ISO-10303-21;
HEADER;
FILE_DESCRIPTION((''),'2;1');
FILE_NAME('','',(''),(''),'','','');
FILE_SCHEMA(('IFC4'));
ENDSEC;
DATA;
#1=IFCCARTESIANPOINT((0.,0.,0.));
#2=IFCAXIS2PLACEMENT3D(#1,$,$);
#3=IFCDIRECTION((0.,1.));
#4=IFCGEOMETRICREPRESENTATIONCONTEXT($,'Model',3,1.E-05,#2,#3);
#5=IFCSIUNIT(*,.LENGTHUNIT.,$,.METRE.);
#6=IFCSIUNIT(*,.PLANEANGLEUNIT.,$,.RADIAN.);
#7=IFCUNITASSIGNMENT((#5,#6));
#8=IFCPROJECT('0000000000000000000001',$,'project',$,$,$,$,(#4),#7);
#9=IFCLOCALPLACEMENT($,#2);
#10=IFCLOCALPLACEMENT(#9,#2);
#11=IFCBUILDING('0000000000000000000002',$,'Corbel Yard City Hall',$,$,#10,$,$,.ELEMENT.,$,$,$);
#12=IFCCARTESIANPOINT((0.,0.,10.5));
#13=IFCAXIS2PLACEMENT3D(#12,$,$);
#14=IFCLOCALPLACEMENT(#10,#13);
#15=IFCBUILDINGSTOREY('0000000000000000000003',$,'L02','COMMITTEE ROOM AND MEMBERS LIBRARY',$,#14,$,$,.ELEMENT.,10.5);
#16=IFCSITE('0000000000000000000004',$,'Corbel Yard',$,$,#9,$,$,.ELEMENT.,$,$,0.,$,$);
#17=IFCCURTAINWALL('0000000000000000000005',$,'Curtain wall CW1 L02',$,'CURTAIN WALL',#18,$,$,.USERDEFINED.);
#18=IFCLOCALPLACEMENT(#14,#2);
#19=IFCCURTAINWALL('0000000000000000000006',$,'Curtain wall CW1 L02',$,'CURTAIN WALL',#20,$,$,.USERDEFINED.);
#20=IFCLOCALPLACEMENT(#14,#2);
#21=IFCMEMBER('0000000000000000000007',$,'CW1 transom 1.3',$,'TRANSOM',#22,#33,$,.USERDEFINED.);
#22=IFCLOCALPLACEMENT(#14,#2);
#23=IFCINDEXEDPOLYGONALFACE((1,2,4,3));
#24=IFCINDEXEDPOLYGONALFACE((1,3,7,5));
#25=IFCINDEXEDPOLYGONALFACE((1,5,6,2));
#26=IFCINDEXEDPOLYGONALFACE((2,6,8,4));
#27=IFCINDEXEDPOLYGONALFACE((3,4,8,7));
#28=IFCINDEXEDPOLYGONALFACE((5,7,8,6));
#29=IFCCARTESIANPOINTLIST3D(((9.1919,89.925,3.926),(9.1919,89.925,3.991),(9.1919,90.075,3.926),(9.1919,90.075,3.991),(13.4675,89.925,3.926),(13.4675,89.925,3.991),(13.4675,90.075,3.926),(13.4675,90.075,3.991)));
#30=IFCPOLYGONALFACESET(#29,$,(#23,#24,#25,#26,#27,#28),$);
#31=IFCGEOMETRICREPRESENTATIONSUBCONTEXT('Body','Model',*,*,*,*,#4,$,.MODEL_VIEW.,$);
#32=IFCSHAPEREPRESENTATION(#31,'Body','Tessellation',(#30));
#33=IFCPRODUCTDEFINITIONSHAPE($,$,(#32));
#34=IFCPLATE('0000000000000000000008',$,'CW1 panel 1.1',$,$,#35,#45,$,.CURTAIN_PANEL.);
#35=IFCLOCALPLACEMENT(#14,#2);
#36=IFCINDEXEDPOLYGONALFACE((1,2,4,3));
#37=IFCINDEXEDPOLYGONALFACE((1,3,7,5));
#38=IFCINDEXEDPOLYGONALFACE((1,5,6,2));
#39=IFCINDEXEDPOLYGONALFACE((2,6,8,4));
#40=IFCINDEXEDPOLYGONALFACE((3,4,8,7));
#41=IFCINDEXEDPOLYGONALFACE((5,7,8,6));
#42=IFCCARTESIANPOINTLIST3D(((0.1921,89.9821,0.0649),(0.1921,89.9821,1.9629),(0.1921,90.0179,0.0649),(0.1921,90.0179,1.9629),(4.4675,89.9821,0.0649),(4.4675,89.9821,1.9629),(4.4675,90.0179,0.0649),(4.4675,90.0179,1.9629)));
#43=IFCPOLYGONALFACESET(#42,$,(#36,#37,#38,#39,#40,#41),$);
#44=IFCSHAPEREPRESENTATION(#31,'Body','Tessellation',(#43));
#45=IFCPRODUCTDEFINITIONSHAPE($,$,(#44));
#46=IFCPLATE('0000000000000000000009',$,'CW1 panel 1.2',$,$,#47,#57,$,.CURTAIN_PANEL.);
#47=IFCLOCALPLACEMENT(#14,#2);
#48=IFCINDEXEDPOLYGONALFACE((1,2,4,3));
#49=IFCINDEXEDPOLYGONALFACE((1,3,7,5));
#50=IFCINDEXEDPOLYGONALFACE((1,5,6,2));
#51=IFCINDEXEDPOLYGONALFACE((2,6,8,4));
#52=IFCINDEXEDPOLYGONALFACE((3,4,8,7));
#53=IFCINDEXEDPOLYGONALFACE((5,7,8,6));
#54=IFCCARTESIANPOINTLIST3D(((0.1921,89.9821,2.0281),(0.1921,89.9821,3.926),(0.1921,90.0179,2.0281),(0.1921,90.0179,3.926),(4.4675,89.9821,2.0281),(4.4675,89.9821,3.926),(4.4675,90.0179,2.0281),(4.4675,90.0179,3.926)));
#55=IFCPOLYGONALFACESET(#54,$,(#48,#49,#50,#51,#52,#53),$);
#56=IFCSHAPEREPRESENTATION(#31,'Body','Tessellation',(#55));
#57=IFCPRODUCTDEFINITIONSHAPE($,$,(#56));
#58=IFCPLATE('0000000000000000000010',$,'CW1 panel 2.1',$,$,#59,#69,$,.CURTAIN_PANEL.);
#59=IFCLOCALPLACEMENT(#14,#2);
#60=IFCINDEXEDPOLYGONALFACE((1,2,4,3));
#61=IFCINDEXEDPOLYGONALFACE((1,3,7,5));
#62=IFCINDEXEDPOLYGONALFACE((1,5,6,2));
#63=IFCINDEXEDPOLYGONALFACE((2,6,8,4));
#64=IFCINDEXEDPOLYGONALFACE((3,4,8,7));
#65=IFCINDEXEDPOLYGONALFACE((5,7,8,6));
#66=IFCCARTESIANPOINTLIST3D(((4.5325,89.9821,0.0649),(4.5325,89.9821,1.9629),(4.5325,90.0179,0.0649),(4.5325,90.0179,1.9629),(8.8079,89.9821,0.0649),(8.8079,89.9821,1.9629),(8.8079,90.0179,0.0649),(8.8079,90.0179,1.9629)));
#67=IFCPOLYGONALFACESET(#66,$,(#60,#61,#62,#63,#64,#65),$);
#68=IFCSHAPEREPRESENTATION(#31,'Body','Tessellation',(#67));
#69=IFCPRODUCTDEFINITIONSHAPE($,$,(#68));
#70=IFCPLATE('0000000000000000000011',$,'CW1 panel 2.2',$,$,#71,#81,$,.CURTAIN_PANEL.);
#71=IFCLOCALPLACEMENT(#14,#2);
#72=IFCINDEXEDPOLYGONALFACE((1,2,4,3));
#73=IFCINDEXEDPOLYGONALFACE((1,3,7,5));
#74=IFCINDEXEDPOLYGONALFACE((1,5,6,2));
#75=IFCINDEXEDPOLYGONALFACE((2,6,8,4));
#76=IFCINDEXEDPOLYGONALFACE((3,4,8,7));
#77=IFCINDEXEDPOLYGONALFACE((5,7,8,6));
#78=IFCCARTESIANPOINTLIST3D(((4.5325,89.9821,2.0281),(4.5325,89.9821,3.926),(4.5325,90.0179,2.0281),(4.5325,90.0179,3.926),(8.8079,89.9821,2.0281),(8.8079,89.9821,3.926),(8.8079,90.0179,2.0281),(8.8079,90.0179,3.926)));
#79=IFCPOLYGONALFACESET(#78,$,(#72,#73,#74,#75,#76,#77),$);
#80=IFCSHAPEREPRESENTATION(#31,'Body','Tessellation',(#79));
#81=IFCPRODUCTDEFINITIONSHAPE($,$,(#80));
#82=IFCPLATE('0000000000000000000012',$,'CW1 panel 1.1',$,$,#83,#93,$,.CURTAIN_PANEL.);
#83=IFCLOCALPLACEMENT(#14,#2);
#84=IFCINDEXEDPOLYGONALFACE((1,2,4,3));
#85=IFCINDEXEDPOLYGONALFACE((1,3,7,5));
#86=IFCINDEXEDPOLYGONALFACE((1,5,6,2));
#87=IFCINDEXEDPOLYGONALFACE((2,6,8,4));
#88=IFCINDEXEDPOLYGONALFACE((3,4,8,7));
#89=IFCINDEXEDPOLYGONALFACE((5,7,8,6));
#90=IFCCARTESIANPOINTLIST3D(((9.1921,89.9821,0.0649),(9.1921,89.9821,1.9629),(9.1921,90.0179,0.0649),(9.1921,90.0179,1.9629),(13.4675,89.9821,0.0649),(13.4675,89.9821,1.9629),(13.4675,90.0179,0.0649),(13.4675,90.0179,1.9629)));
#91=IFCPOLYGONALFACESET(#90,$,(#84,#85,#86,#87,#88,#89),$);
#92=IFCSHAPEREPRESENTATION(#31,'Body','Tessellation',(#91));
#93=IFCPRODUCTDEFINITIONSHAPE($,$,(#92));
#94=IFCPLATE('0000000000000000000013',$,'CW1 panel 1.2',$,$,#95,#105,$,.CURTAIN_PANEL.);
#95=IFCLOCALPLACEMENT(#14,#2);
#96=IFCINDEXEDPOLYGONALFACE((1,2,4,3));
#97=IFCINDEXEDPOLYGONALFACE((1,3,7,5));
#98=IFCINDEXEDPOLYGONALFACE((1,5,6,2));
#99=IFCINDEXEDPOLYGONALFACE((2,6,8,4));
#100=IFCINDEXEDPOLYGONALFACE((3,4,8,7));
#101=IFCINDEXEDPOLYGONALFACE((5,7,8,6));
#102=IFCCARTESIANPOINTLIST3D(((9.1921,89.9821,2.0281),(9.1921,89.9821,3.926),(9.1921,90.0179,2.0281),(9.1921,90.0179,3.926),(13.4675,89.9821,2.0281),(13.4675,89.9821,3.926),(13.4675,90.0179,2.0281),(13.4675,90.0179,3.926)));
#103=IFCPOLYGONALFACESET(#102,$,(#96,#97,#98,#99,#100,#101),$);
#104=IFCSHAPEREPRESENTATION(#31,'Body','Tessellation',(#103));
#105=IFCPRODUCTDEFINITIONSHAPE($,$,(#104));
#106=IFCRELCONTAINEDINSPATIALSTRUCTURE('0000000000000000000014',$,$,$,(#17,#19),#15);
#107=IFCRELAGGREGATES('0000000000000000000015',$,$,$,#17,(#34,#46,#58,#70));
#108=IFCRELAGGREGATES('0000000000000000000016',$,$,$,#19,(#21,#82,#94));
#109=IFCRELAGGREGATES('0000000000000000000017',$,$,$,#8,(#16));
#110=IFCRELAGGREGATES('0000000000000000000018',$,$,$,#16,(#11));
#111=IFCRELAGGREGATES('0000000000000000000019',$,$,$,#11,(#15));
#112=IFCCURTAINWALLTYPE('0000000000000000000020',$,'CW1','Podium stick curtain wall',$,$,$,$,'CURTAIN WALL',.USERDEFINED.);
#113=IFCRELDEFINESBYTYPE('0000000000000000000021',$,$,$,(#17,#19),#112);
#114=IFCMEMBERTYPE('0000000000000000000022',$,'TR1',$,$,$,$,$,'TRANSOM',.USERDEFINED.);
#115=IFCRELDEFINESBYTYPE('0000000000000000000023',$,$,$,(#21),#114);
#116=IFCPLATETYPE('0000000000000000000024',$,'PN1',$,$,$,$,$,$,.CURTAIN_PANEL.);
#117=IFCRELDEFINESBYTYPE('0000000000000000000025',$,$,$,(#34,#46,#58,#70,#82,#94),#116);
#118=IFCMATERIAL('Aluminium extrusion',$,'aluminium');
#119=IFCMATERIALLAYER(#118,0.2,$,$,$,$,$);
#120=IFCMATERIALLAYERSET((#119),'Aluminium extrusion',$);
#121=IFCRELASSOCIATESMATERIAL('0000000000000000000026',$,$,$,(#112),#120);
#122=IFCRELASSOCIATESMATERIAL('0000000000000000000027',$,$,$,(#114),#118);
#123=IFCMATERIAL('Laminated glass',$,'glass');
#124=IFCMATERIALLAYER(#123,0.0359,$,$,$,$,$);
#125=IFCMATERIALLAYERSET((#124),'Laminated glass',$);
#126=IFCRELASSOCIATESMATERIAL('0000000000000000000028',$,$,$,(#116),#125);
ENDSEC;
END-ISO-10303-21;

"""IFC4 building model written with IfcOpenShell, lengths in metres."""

from ifc_helpers import new_model, si_unit, direction, frame, origin, origin_2d, place, context, subcontext, project, spatial, rectangle, extrude, material, layer, layer_set, material_profile, profile_set, type_object, element, aggregate, save


model = new_model("IFC4")

# Units and contexts
model_context = context("Model", 3, precision=1e-05, world=origin(), true_north=direction((0.0, 1.0)))
body_context = subcontext(model_context, "Body", "Model", "MODEL_VIEW")
ifc_project = project(units=[si_unit("LENGTHUNIT", "METRE"), si_unit("PLANEANGLEUNIT", "RADIAN")], contexts=[model_context])

# Site, building, storey
site_placement = place(None, origin())
site = spatial("IfcSite", under=ifc_project, at=site_placement, Name="Corbel Yard", CompositionType="ELEMENT", RefElevation=0.0)
building_placement = place(site_placement, origin())
building = spatial("IfcBuilding", under=site, at=building_placement, Name="Corbel Yard City Hall", CompositionType="ELEMENT")
storey_placement = place(building_placement, frame((0.0, 0.0, 10.5)))
storey = spatial("IfcBuildingStorey", under=building, at=storey_placement, Name="L02", Description="COMMITTEE ROOM AND MEMBERS LIBRARY", CompositionType="ELEMENT", Elevation=10.5)

# Curtain wall
ifc_material_1 = material(Name="Aluminium extrusion", Category="aluminium")
ifc_layer_1 = layer(ifc_material_1, 0.2)
ifc_layer_set_1 = layer_set([ifc_layer_1], Name="Aluminium extrusion")
curtain_wall_type = type_object("IfcCurtainWallType", Name="CW1", Description="Podium stick curtain wall", ElementType="CURTAIN WALL", PredefinedType="USERDEFINED", material=ifc_layer_set_1)
curtain_wall_1_placement = place(storey_placement, origin())
curtain_wall_1 = element("IfcCurtainWall", 1, at=curtain_wall_1_placement, inside=storey, type_object=curtain_wall_type, Name="Curtain wall CW1 L02", ObjectType="CURTAIN WALL", PredefinedType="USERDEFINED")

# Curtain wall
curtain_wall_2_placement = place(storey_placement, origin())
curtain_wall_2 = element("IfcCurtainWall", 2, at=curtain_wall_2_placement, inside=storey, type_object=curtain_wall_type, Name="Curtain wall CW1 L02", ObjectType="CURTAIN WALL", PredefinedType="USERDEFINED")

# Member
ifc_material_profile_1 = material_profile(ifc_material_1, rectangle(XDim=0.1499, YDim=0.0649, at=origin_2d()), Name="150x65")
ifc_profile_set_1 = profile_set([ifc_material_profile_1], Name="Aluminium extrusion")
member_type_1 = type_object("IfcMemberType", Name="TR1", ElementType="TRANSOM", PredefinedType="USERDEFINED", material=ifc_profile_set_1)
member_1_placement = place(storey_placement, frame((9.1919, 90.0, 3.9585), z_axis=(1.0, 0.0, 0.0), x_axis=(0.0, 1.0, 0.0)))
member_1 = element("IfcMember", 3, at=member_1_placement, type_object=member_type_1, Name="CW1 transom 1.3", ObjectType="TRANSOM", PredefinedType="USERDEFINED", context=body_context, shape_type="SweptSolid", body=[
    extrude(rectangle(XDim=0.1499, YDim=0.0649, at=origin_2d()), origin(), (0.0, 0.0, 1.0), 4.2756),
])

# Plates
ifc_material_2 = material(Name="Laminated glass", Category="glass")
ifc_layer_2 = layer(ifc_material_2, 0.0359)
ifc_layer_set_2 = layer_set([ifc_layer_2], Name="Laminated glass")
plate_type = type_object("IfcPlateType", Name="PN1", PredefinedType="CURTAIN_PANEL", material=ifc_layer_set_2)
plate_1_placement = place(storey_placement, frame((2.3298, 90.0, 0.0649), z_axis=(0.0, 0.0, 1.0), x_axis=(1.0, 0.0, 0.0)))
plate_1 = element("IfcPlate", 4, at=plate_1_placement, type_object=plate_type, Name="CW1 panel 1.1", PredefinedType="CURTAIN_PANEL", context=body_context, shape_type="SweptSolid", body=[
    extrude(rectangle(XDim=4.2754, YDim=0.0359, at=origin_2d()), origin(), (0.0, 0.0, 1.0), 1.8979),
])
plate_2_placement = place(storey_placement, frame((2.3298, 90.0, 2.0281), z_axis=(0.0, 0.0, 1.0), x_axis=(1.0, 0.0, 0.0)))
plate_2 = element("IfcPlate", 5, at=plate_2_placement, type_object=plate_type, Name="CW1 panel 1.2", PredefinedType="CURTAIN_PANEL", context=body_context, shape_type="SweptSolid", body=[
    extrude(rectangle(XDim=4.2754, YDim=0.0359, at=origin_2d()), origin(), (0.0, 0.0, 1.0), 1.8979),
])
plate_3_placement = place(storey_placement, frame((6.6702, 90.0, 0.0649), z_axis=(0.0, 0.0, 1.0), x_axis=(1.0, 0.0, 0.0)))
plate_3 = element("IfcPlate", 6, at=plate_3_placement, type_object=plate_type, Name="CW1 panel 2.1", PredefinedType="CURTAIN_PANEL", context=body_context, shape_type="SweptSolid", body=[
    extrude(rectangle(XDim=4.2754, YDim=0.0359, at=origin_2d()), origin(), (0.0, 0.0, 1.0), 1.8979),
])
plate_4_placement = place(storey_placement, frame((6.6702, 90.0, 2.0281), z_axis=(0.0, 0.0, 1.0), x_axis=(1.0, 0.0, 0.0)))
plate_4 = element("IfcPlate", 7, at=plate_4_placement, type_object=plate_type, Name="CW1 panel 2.2", PredefinedType="CURTAIN_PANEL", context=body_context, shape_type="SweptSolid", body=[
    extrude(rectangle(XDim=4.2754, YDim=0.0359, at=origin_2d()), origin(), (0.0, 0.0, 1.0), 1.8979),
])
aggregate(curtain_wall_1, [plate_1, plate_2, plate_3, plate_4])
plate_5_placement = place(storey_placement, frame((11.3298, 90.0, 0.0649), z_axis=(0.0, 0.0, 1.0), x_axis=(1.0, 0.0, 0.0)))
plate_5 = element("IfcPlate", 8, at=plate_5_placement, type_object=plate_type, Name="CW1 panel 1.1", PredefinedType="CURTAIN_PANEL", context=body_context, shape_type="SweptSolid", body=[
    extrude(rectangle(XDim=4.2754, YDim=0.0359, at=origin_2d()), origin(), (0.0, 0.0, 1.0), 1.8979),
])
plate_6_placement = place(storey_placement, frame((11.3298, 90.0, 2.0281), z_axis=(0.0, 0.0, 1.0), x_axis=(1.0, 0.0, 0.0)))
plate_6 = element("IfcPlate", 9, at=plate_6_placement, type_object=plate_type, Name="CW1 panel 1.2", PredefinedType="CURTAIN_PANEL", context=body_context, shape_type="SweptSolid", body=[
    extrude(rectangle(XDim=4.2754, YDim=0.0359, at=origin_2d()), origin(), (0.0, 0.0, 1.0), 1.8979),
])
aggregate(curtain_wall_2, [member_1, plate_5, plate_6])

save(model, "model.ifc")
